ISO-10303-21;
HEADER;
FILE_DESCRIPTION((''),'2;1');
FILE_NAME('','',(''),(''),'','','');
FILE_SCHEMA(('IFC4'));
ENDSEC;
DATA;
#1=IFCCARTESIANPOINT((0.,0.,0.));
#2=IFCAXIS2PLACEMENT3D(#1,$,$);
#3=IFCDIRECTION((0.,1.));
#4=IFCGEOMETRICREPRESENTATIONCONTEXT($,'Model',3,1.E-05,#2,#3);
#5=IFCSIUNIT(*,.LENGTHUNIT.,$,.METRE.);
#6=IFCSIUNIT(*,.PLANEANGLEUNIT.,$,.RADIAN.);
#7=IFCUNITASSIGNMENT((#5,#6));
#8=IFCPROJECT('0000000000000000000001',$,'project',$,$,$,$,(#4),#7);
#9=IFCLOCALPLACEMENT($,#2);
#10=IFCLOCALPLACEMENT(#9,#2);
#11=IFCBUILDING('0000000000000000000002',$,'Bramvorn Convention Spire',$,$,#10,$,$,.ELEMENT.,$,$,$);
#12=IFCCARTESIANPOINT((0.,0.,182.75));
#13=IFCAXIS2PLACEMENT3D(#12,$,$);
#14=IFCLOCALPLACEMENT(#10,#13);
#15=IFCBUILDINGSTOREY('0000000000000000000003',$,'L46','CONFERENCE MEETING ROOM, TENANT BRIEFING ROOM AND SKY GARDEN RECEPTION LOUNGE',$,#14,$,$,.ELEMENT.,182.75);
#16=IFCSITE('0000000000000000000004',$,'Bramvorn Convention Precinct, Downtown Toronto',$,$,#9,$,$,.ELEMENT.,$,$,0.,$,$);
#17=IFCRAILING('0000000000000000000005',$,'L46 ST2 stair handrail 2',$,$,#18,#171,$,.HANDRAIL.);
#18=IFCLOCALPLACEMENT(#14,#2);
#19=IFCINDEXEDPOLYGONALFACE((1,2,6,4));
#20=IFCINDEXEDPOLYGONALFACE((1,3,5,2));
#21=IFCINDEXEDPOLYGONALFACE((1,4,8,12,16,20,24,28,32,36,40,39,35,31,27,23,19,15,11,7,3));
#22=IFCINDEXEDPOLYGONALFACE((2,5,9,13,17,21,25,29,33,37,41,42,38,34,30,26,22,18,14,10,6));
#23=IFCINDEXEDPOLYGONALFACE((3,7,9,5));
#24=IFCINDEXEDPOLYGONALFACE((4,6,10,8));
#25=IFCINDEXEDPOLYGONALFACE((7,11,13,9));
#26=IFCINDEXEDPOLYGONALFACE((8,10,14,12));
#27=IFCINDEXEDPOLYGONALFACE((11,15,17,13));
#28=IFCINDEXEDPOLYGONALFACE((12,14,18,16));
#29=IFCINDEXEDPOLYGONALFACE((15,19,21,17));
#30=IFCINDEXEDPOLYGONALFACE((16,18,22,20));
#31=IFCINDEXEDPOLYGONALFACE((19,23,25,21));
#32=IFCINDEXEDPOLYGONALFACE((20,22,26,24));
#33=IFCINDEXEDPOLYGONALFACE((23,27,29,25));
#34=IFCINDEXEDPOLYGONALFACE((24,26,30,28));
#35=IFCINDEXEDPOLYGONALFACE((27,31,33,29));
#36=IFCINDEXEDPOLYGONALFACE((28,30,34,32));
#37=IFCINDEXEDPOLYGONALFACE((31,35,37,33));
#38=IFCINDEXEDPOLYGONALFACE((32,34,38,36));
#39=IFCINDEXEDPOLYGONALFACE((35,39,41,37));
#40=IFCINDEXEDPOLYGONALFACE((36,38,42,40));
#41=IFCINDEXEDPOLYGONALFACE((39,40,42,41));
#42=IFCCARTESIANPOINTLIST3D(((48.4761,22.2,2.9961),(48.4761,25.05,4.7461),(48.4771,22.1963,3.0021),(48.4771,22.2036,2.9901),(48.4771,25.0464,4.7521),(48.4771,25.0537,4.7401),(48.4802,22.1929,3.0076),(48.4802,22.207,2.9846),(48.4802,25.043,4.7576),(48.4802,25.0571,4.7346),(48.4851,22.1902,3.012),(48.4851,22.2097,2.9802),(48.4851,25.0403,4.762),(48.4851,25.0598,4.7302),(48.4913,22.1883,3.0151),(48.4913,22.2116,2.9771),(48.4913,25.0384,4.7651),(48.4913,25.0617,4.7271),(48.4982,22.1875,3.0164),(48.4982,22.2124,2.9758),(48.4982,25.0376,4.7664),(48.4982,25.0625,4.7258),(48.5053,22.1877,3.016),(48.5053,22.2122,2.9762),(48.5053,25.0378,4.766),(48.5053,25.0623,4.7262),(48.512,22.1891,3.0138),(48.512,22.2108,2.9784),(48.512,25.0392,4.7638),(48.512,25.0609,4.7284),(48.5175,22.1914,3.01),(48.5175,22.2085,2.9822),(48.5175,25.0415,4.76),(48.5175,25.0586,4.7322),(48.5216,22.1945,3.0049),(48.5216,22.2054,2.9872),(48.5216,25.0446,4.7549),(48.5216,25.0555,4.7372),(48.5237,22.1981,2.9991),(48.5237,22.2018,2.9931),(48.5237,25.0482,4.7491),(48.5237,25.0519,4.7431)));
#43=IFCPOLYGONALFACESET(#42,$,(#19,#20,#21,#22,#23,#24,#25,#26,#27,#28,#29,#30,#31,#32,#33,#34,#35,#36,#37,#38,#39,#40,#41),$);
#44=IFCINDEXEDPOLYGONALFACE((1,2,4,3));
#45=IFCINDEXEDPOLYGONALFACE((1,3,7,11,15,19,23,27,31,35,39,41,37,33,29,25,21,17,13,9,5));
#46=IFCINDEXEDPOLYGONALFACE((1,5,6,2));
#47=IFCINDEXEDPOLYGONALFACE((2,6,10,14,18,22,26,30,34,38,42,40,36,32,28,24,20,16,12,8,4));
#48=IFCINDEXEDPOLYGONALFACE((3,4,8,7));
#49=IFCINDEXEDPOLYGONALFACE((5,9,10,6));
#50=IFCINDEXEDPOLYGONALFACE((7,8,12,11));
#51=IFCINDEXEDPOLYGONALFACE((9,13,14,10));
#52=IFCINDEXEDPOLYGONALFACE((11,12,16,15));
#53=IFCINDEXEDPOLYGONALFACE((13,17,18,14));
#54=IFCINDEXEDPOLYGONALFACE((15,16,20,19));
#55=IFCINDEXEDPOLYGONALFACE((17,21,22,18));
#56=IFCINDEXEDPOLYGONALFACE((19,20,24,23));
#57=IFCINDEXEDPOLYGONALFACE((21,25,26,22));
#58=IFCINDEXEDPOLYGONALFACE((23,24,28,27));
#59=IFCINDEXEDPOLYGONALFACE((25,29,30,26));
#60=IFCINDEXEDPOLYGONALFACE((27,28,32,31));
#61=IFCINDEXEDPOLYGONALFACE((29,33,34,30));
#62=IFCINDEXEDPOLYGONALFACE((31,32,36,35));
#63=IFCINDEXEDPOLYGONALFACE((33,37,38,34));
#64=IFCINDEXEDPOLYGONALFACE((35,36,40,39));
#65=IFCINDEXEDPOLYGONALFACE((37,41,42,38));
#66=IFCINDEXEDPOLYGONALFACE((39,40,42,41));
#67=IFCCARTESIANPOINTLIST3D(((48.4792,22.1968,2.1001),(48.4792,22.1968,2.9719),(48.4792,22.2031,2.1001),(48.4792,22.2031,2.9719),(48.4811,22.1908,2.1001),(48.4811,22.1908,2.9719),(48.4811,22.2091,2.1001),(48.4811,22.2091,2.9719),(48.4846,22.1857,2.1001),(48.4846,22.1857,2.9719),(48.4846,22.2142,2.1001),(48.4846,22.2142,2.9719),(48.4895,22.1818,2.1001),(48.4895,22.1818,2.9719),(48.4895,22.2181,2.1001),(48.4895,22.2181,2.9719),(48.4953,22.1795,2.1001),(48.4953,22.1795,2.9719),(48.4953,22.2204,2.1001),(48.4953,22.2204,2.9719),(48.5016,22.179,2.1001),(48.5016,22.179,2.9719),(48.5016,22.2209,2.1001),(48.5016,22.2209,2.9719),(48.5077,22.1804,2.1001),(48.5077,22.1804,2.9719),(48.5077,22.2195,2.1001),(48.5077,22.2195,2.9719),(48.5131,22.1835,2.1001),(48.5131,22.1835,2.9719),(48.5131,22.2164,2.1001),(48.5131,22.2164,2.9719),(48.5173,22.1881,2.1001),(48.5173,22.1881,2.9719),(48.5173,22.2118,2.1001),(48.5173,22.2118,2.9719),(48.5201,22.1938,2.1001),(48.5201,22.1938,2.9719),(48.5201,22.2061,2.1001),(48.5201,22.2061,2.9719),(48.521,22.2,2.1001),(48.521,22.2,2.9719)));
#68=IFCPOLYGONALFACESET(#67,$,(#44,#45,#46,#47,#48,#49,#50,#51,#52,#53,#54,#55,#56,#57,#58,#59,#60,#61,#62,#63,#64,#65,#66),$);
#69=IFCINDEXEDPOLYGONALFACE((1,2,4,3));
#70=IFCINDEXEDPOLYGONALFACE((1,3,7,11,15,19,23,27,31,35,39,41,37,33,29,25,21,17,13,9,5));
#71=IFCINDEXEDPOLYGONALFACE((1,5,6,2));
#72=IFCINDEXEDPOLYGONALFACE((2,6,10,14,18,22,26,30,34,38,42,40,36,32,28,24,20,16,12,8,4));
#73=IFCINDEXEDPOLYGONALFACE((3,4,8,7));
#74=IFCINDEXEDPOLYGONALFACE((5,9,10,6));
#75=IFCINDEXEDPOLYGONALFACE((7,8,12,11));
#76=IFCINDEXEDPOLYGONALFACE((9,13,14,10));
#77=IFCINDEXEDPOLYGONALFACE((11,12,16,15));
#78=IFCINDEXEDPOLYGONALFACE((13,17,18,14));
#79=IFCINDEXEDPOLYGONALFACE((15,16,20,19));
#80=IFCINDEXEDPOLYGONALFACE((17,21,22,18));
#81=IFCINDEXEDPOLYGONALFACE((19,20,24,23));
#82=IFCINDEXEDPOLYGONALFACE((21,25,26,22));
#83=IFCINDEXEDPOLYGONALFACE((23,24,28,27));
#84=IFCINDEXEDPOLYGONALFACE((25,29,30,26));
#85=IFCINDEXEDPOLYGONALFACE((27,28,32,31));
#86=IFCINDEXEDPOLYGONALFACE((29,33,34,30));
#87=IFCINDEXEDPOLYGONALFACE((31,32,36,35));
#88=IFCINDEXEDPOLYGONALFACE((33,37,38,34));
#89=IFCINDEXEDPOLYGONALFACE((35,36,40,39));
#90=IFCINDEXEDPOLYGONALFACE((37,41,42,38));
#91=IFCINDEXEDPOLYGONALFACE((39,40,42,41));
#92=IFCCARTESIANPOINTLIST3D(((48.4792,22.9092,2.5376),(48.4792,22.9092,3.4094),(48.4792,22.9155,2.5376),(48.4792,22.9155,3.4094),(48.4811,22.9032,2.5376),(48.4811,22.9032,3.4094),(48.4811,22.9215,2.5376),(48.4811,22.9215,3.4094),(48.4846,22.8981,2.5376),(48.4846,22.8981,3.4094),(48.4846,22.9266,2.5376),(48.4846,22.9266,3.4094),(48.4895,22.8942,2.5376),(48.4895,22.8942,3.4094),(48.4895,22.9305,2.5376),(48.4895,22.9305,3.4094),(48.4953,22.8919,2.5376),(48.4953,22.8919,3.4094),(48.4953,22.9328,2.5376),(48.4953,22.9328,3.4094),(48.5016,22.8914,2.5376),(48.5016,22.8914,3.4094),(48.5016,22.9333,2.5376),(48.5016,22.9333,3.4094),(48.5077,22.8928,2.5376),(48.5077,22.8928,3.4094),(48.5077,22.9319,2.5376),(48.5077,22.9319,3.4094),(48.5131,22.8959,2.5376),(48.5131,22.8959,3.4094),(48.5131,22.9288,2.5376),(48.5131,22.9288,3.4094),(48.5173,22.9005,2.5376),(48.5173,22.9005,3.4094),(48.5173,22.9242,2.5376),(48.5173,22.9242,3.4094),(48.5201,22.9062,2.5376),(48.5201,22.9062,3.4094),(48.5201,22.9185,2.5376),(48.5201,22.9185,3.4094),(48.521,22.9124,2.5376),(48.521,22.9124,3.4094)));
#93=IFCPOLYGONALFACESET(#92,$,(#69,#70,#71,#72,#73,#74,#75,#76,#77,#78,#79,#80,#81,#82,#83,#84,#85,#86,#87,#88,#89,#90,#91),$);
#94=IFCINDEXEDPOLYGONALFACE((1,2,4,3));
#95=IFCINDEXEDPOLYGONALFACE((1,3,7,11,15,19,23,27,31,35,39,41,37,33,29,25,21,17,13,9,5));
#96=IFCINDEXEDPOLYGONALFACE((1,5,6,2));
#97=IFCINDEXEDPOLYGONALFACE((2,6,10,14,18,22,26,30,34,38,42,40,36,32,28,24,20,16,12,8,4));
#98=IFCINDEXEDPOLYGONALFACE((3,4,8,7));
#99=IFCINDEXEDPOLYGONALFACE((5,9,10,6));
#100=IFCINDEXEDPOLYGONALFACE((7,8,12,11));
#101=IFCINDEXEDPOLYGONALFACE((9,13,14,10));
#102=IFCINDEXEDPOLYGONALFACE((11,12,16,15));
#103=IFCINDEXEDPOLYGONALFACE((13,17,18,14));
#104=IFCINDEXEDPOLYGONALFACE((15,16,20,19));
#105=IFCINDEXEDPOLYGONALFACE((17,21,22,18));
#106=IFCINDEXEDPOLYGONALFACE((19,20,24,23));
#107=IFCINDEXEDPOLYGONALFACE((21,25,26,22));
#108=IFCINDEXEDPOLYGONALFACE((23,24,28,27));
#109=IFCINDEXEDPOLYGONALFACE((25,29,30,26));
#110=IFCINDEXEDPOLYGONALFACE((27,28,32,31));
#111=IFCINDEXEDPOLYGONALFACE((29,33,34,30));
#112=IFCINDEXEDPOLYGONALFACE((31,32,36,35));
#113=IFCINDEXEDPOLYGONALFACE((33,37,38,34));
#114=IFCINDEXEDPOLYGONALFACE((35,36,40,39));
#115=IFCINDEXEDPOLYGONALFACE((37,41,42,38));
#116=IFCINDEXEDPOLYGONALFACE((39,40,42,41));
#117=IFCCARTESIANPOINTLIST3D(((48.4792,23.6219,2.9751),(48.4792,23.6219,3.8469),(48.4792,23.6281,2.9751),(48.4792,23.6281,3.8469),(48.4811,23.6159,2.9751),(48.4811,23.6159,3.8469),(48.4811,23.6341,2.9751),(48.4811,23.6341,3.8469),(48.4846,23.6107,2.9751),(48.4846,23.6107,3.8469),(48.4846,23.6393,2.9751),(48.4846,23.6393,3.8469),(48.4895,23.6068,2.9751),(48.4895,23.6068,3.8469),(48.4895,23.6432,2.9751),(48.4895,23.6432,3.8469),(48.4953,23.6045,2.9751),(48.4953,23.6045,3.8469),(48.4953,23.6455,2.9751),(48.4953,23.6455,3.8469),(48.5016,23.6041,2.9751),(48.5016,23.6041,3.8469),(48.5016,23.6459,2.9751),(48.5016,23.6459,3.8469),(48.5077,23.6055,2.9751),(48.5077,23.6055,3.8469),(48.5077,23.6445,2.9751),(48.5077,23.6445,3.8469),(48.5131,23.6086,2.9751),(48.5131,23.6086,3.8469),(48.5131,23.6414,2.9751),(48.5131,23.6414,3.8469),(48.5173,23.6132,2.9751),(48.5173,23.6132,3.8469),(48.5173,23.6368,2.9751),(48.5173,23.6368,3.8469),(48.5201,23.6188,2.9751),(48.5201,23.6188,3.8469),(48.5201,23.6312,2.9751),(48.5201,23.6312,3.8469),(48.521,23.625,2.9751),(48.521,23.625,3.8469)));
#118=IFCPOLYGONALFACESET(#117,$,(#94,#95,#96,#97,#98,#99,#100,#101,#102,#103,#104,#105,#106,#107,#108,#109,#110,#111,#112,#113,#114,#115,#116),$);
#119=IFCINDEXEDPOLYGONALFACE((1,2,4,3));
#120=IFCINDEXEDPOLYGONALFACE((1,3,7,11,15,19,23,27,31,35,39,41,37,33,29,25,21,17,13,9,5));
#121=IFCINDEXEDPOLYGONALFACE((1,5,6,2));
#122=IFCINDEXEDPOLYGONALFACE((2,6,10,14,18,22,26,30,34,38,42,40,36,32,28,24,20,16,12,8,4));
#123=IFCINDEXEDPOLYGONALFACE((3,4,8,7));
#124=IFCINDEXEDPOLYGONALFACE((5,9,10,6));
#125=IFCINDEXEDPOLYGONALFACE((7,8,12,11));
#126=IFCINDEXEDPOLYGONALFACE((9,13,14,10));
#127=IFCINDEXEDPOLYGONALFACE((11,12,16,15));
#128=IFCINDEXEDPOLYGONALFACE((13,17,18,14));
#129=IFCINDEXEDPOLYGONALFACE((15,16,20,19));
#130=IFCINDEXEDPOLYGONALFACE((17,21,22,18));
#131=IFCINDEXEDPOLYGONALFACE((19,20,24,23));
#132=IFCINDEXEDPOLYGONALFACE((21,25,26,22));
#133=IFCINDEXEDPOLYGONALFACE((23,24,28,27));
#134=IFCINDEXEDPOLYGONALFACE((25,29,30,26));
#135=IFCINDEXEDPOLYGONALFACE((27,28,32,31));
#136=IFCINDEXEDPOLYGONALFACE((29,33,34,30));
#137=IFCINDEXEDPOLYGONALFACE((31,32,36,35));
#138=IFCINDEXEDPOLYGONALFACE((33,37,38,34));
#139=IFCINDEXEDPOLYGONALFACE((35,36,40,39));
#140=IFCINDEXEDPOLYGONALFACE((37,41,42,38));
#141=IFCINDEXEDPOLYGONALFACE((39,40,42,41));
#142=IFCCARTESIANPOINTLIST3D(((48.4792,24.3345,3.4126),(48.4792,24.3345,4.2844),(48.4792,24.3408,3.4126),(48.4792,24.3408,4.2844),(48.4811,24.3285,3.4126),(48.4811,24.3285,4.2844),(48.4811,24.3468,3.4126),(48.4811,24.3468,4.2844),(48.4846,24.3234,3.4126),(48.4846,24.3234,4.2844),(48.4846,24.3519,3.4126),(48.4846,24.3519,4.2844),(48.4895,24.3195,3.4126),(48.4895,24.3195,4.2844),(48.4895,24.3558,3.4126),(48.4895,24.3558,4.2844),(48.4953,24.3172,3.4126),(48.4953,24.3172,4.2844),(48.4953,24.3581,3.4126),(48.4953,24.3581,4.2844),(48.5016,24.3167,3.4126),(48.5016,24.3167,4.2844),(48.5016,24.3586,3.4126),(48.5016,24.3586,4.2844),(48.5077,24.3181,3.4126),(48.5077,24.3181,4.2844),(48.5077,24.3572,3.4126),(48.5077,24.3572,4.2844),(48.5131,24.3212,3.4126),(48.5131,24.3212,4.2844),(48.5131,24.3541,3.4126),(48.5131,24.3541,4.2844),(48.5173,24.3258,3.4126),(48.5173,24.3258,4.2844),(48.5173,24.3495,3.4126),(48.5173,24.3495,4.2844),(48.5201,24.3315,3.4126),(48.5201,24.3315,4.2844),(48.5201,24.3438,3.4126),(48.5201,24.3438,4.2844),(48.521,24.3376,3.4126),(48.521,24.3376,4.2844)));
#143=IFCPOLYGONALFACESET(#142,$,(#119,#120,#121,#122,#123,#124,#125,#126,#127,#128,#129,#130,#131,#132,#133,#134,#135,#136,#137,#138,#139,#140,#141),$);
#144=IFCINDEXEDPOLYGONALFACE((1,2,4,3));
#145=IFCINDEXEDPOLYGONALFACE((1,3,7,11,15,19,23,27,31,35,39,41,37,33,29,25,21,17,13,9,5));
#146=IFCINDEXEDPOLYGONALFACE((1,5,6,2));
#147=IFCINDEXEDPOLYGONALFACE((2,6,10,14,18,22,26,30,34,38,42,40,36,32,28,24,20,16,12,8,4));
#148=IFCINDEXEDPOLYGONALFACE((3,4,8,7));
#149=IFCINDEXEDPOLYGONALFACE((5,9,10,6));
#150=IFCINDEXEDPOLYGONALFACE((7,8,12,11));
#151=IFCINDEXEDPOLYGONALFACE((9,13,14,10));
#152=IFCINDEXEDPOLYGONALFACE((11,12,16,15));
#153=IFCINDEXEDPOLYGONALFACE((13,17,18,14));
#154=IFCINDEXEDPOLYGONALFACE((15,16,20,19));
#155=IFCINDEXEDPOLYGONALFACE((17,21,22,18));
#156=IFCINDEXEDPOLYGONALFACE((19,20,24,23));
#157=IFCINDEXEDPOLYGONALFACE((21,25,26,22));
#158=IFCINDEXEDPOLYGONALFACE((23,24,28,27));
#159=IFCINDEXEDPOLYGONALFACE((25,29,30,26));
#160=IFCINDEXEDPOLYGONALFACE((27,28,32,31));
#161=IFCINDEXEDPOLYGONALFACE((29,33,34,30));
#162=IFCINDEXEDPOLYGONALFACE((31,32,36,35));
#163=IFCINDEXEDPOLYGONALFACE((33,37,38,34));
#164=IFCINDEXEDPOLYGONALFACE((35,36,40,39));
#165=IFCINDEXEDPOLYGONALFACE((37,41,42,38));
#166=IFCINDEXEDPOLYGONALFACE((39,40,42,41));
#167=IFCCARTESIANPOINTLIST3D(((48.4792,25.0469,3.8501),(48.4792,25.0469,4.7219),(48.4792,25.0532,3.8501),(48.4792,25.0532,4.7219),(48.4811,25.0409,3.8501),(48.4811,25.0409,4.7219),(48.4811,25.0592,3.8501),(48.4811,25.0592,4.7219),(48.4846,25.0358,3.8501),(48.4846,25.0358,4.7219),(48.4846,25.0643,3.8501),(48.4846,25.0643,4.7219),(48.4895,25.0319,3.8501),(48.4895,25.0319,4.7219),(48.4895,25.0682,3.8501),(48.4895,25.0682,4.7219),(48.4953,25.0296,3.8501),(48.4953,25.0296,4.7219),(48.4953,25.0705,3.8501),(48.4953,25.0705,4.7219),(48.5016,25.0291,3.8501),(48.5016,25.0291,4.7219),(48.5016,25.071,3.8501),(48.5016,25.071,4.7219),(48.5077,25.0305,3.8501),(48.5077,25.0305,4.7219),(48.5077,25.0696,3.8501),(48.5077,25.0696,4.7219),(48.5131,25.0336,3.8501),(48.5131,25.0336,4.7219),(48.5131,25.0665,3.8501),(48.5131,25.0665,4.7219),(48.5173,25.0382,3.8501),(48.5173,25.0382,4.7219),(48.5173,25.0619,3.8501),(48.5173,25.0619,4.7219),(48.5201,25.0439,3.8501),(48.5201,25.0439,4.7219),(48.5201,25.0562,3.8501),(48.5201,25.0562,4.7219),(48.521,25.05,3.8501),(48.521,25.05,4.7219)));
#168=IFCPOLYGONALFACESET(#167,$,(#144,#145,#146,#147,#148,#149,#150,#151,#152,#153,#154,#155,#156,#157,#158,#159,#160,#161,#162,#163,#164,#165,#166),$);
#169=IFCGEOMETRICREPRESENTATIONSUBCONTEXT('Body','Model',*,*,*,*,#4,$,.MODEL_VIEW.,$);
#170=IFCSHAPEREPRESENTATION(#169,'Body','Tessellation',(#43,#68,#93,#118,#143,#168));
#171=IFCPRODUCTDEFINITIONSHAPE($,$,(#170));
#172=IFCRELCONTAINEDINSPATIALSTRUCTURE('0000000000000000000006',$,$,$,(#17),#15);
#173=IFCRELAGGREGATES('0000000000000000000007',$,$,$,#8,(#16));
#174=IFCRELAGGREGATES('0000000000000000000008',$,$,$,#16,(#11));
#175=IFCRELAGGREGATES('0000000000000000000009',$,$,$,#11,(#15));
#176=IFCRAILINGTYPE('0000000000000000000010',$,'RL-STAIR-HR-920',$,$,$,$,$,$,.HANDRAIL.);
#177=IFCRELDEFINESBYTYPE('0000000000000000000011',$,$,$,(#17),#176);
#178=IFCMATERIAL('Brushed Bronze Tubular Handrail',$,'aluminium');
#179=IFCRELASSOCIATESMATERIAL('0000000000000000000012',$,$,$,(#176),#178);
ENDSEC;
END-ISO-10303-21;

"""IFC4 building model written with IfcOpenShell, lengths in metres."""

from ifc_helpers import new_model, si_unit, direction, frame, origin, origin_2d, place, context, subcontext, project, spatial, circle, extrude, material, type_object, element, save


model = new_model("IFC4")

# Units and contexts
model_context = context("Model", 3, precision=1e-05, world=origin(), true_north=direction((0.0, 1.0)))
body_context = subcontext(model_context, "Body", "Model", "MODEL_VIEW")
ifc_project = project(units=[si_unit("LENGTHUNIT", "METRE"), si_unit("PLANEANGLEUNIT", "RADIAN")], contexts=[model_context])

# Site, building, storey
site_placement = place(None, origin())
site = spatial("IfcSite", under=ifc_project, at=site_placement, Name="Bramvorn Convention Precinct, Downtown Toronto", CompositionType="ELEMENT", RefElevation=0.0)
building_placement = place(site_placement, origin())
building = spatial("IfcBuilding", under=site, at=building_placement, Name="Bramvorn Convention Spire", CompositionType="ELEMENT")
storey_placement = place(building_placement, frame((0.0, 0.0, 182.75)))
storey = spatial("IfcBuildingStorey", under=building, at=storey_placement, Name="L46", Description="CONFERENCE MEETING ROOM, TENANT BRIEFING ROOM AND SKY GARDEN RECEPTION LOUNGE", CompositionType="ELEMENT", Elevation=182.75)

# Railing
ifc_material_1 = material(Name="Brushed Bronze Tubular Handrail", Category="aluminium")
railing_type_1 = type_object("IfcRailingType", Name="RL-STAIR-HR-920", PredefinedType="HANDRAIL", material=ifc_material_1)
railing_1_placement = place(storey_placement, frame((48.5, 22.2, 2.1001)))
element("IfcRailing", 1, at=railing_1_placement, inside=storey, type_object=railing_type_1, Name="L46 ST2 stair handrail 2", PredefinedType="HANDRAIL", context=body_context, shape_type="SweptSolid", body=[
    extrude(circle(Radius=0.0239, at=origin_2d()), frame((0.0, 0.0, 0.896), z_axis=(0.0, 0.852179, 0.52325), x_axis=(-1.0, 0.0, 0.0)), (0.0, 0.0, 1.0), 3.3445),
    extrude(circle(Radius=0.021, at=origin_2d()), origin(), (0.0, 0.0, 1.0), 0.8718),
    extrude(circle(Radius=0.021, at=origin_2d()), frame((0.0, 0.7124, 0.4375)), (0.0, 0.0, 1.0), 0.8718),
    extrude(circle(Radius=0.021, at=origin_2d()), frame((0.0, 1.425, 0.875)), (0.0, 0.0, 1.0), 0.8718),
    extrude(circle(Radius=0.021, at=origin_2d()), frame((0.0, 2.1377, 1.3125)), (0.0, 0.0, 1.0), 0.8718),
    extrude(circle(Radius=0.021, at=origin_2d()), frame((0.0, 2.8501, 1.75)), (0.0, 0.0, 1.0), 0.8718),
])

save(model, "model.ifc")
